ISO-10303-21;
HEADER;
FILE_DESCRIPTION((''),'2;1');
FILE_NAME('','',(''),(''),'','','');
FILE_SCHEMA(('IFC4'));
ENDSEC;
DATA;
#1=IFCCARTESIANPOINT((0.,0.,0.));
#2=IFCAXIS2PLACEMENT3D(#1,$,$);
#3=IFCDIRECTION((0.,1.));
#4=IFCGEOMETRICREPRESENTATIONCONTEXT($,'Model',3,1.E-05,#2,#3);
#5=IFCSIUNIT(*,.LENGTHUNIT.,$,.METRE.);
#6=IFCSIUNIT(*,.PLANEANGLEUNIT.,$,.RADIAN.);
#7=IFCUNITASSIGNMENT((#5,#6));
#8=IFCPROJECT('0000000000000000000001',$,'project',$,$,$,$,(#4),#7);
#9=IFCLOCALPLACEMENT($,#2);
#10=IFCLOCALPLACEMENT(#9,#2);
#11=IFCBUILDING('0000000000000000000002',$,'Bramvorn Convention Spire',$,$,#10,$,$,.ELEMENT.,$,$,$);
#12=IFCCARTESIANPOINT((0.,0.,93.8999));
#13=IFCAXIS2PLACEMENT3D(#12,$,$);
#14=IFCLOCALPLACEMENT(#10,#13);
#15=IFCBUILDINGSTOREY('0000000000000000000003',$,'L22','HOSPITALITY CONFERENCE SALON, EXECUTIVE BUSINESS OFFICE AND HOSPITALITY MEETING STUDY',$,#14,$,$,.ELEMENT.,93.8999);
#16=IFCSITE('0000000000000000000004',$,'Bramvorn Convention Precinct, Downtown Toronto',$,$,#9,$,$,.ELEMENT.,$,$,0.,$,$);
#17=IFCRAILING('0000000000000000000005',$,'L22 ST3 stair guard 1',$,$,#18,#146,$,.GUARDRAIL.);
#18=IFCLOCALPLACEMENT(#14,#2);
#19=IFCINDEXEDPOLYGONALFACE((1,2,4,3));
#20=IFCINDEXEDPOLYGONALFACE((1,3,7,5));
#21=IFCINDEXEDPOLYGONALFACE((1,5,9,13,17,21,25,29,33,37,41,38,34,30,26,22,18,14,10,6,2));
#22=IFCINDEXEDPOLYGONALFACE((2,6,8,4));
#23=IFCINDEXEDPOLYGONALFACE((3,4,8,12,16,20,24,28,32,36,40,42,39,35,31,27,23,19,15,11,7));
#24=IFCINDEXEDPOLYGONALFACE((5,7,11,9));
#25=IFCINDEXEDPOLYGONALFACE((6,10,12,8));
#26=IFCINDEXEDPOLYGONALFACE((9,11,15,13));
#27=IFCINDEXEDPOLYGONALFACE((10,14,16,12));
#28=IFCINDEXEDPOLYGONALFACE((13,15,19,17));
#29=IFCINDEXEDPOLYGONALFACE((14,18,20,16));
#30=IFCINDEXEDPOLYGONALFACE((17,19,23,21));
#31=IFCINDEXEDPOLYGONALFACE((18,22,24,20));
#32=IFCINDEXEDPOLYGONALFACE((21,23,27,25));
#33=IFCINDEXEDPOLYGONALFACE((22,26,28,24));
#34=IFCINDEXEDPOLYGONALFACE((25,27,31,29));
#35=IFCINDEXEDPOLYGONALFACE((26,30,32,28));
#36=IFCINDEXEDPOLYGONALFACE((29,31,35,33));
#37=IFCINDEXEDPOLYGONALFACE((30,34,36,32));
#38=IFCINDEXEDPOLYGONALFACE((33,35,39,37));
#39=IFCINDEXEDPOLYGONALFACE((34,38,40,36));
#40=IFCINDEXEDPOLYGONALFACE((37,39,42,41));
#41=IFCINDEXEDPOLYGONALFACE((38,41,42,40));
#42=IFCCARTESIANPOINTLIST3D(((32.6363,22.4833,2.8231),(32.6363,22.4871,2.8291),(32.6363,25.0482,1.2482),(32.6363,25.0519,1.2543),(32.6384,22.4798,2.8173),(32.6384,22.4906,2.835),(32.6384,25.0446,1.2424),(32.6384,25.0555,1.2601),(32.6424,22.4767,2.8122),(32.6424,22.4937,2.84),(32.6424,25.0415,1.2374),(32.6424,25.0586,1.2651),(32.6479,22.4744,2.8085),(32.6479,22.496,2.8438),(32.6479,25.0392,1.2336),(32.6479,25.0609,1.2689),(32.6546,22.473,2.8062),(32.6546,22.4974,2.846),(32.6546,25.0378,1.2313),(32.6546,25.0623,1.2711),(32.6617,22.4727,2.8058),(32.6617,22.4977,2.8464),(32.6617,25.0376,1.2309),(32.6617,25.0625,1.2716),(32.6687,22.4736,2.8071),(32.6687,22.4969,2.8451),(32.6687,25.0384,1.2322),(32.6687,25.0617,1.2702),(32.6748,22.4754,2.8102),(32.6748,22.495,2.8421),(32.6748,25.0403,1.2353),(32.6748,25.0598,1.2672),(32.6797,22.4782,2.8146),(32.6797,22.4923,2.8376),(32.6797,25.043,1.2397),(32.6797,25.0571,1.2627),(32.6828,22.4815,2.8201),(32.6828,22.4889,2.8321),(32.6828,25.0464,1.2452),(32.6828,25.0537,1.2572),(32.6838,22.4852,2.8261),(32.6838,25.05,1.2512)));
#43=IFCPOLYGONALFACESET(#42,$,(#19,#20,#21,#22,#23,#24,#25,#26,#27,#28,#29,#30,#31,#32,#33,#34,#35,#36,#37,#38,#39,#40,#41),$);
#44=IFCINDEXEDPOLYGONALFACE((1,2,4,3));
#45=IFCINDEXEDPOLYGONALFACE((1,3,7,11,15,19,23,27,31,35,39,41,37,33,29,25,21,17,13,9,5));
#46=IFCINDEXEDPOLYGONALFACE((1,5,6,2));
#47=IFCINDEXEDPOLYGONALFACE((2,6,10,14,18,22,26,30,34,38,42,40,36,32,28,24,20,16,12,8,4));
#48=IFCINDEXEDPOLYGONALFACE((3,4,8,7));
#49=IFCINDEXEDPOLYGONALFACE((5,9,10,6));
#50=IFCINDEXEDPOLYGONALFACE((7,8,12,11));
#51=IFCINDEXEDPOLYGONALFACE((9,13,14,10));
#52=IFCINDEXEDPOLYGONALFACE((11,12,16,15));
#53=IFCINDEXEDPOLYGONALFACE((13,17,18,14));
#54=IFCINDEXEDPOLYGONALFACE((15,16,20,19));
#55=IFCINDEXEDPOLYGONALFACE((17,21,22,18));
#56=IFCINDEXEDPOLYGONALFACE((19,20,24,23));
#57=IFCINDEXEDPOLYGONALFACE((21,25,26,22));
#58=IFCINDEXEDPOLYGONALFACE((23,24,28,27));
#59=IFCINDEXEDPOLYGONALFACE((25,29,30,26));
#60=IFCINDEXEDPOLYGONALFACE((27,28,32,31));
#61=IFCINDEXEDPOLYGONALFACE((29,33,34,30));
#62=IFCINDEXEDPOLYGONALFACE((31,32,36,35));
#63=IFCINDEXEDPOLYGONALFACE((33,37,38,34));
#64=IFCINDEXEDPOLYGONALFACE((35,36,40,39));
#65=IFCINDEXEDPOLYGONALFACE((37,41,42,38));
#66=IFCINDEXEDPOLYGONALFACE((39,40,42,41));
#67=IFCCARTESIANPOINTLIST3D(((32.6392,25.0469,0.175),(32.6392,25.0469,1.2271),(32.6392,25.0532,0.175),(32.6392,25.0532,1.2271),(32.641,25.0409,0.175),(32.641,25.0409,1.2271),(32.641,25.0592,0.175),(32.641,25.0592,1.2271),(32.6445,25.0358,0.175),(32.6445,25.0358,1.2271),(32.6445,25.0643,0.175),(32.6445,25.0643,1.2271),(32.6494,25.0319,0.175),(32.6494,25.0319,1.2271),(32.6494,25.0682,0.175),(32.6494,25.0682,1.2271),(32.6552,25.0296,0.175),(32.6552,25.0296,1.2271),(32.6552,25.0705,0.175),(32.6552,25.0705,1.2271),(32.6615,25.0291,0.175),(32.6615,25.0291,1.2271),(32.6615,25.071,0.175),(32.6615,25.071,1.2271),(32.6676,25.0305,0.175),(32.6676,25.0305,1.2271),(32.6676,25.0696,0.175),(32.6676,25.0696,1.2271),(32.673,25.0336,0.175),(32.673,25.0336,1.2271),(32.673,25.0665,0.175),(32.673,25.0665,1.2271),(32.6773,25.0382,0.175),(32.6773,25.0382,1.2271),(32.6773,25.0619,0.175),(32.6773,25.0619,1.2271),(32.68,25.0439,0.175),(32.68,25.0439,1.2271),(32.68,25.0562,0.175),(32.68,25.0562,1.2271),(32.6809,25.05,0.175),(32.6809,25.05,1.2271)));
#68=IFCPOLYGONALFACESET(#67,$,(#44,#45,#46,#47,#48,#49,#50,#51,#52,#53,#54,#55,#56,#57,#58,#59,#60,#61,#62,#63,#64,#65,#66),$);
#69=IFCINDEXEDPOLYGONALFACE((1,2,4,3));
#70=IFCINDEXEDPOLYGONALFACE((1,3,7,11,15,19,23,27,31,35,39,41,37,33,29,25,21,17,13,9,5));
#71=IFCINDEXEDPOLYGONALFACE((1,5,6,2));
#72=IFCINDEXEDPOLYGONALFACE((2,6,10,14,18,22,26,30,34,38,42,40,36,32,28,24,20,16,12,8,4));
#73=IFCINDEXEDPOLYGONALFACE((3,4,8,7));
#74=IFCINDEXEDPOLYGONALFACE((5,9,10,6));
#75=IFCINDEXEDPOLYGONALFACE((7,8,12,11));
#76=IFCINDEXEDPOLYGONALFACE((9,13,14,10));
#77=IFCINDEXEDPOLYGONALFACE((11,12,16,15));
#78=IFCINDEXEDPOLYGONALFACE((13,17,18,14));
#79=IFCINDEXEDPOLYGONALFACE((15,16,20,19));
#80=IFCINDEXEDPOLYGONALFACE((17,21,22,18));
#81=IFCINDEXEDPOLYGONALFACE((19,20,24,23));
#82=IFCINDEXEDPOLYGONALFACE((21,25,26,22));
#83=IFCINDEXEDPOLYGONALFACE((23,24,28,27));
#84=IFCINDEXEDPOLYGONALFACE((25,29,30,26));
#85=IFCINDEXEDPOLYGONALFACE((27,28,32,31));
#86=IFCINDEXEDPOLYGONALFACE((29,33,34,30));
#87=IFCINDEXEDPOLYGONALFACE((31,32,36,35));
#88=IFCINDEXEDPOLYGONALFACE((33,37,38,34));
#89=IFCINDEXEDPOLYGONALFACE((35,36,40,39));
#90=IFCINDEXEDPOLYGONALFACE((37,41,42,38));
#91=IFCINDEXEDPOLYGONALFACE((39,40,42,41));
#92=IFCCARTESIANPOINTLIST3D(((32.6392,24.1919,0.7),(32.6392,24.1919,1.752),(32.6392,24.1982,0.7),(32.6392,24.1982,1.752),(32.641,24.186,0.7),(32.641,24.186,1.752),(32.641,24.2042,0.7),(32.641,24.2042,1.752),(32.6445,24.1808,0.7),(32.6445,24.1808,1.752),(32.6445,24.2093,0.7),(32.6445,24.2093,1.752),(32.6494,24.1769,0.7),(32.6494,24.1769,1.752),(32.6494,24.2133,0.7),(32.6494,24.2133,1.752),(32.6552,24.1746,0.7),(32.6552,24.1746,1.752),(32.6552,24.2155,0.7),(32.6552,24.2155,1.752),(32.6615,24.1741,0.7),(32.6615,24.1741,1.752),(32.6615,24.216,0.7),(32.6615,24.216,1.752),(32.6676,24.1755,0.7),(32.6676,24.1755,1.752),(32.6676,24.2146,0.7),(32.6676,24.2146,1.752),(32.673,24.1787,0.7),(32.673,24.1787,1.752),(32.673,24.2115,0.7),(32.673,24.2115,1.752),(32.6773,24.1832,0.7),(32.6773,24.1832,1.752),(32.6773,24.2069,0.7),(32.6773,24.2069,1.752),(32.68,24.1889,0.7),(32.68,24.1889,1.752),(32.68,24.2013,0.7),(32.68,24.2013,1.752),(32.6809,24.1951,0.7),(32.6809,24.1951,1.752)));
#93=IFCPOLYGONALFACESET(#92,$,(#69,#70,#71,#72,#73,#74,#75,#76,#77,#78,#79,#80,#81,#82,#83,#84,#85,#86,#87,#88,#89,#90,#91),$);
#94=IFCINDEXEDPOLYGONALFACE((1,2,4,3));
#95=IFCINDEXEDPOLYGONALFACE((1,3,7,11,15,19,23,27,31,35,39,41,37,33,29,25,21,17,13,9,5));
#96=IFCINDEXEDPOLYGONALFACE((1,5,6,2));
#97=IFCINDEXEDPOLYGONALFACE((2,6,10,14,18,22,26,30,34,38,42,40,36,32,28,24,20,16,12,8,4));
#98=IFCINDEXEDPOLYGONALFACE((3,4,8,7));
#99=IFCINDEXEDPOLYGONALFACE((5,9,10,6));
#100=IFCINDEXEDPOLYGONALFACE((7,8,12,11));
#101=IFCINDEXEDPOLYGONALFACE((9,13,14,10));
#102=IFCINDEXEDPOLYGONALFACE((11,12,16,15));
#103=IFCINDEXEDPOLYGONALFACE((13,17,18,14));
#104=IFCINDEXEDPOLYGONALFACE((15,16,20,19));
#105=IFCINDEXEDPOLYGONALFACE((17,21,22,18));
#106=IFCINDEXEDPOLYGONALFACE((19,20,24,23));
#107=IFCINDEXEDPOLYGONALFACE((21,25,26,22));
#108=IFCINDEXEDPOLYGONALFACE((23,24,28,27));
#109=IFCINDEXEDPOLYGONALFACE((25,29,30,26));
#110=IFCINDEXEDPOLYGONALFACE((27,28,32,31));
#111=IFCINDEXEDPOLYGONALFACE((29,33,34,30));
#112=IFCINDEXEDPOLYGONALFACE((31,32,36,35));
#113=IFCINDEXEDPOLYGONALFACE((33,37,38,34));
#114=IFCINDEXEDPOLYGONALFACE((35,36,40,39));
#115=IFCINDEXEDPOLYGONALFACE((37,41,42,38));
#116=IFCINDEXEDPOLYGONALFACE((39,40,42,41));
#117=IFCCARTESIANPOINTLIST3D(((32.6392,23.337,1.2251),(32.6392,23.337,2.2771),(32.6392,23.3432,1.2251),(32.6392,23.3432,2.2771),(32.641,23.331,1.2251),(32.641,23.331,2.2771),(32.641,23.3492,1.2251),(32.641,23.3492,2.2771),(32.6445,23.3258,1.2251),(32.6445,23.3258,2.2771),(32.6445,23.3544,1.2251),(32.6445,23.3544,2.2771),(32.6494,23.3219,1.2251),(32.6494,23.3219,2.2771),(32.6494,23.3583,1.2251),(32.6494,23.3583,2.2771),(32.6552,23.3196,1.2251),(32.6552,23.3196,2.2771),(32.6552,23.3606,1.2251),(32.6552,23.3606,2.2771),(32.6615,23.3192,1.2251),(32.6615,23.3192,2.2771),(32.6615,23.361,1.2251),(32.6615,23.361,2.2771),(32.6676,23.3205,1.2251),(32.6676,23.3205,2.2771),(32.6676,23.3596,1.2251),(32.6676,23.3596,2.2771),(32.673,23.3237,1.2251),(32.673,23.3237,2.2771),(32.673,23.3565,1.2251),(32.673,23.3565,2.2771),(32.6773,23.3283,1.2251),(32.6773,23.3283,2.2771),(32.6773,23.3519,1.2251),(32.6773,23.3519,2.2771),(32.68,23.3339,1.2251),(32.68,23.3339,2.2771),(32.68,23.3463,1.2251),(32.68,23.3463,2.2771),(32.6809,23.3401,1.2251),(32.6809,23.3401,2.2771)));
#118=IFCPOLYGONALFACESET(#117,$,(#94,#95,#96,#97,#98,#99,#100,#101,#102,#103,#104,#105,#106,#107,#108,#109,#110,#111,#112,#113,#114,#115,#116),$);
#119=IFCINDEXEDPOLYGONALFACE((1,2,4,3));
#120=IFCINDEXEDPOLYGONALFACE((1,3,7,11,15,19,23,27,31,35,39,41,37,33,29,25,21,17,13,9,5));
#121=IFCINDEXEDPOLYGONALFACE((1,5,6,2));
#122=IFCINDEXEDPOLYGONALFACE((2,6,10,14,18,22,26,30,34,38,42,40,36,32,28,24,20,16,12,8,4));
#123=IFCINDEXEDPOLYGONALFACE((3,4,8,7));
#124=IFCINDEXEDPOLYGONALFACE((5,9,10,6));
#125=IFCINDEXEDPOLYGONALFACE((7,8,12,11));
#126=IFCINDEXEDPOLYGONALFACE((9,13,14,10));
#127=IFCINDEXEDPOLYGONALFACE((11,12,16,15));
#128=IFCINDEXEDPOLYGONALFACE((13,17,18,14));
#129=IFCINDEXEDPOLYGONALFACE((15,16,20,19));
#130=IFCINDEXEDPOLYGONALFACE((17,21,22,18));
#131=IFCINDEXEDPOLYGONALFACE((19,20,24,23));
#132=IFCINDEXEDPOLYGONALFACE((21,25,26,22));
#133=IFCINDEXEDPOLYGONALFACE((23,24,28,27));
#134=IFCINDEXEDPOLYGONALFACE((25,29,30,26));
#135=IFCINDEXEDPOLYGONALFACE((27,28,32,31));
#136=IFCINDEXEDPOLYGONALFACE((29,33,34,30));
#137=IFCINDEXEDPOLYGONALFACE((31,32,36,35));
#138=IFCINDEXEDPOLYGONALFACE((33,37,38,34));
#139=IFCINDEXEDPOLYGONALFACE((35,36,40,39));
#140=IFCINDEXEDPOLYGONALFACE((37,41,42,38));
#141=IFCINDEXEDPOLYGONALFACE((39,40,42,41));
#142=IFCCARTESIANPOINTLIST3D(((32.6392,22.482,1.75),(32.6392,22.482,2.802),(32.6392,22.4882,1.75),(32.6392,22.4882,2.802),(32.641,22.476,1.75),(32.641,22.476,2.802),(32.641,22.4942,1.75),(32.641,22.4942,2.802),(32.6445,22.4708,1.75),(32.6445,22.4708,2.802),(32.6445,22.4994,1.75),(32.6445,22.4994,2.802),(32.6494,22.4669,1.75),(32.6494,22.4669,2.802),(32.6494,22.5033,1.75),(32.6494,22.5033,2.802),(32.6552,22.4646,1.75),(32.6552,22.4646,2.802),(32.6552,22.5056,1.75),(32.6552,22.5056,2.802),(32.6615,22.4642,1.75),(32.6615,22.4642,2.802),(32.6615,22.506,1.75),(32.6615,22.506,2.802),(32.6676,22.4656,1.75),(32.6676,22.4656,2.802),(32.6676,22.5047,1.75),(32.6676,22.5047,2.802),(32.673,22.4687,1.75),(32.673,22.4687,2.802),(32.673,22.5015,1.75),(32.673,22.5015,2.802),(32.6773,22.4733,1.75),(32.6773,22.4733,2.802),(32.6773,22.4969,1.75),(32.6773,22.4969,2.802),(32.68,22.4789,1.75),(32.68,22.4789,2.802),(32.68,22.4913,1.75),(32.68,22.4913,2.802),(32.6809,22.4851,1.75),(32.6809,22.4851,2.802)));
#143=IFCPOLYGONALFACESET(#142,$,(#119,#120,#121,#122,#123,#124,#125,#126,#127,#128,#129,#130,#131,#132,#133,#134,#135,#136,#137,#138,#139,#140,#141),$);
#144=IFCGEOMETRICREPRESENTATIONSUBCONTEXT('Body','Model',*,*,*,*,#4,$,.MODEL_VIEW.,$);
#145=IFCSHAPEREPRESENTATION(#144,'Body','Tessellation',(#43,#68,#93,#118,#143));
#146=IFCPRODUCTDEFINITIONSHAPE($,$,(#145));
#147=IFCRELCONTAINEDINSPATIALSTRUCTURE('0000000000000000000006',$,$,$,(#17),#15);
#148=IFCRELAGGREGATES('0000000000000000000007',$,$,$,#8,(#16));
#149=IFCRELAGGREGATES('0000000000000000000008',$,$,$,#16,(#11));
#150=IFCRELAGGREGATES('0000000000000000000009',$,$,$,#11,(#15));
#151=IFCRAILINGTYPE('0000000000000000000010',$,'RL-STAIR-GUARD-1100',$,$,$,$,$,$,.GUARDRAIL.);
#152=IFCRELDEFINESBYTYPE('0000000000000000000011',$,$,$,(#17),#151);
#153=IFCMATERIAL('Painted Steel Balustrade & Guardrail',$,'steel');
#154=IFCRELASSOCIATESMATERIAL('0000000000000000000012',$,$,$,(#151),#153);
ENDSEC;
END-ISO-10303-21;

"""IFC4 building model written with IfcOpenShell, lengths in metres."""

from ifc_helpers import new_model, si_unit, direction, frame, origin, origin_2d, place, context, subcontext, project, spatial, circle, extrude, material, type_object, element, save


model = new_model("IFC4")

# Units and contexts
model_context = context("Model", 3, precision=1e-05, world=origin(), true_north=direction((0.0, 1.0)))
body_context = subcontext(model_context, "Body", "Model", "MODEL_VIEW")
ifc_project = project(units=[si_unit("LENGTHUNIT", "METRE"), si_unit("PLANEANGLEUNIT", "RADIAN")], contexts=[model_context])

# Site, building, storey
site_placement = place(None, origin())
site = spatial("IfcSite", under=ifc_project, at=site_placement, Name="Bramvorn Convention Precinct, Downtown Toronto", CompositionType="ELEMENT", RefElevation=0.0)
building_placement = place(site_placement, origin())
building = spatial("IfcBuilding", under=site, at=building_placement, Name="Bramvorn Convention Spire", CompositionType="ELEMENT")
storey_placement = place(building_placement, frame((0.0, 0.0, 93.8999)))
storey = spatial("IfcBuildingStorey", under=building, at=storey_placement, Name="L22", Description="HOSPITALITY CONFERENCE SALON, EXECUTIVE BUSINESS OFFICE AND HOSPITALITY MEETING STUDY", CompositionType="ELEMENT", Elevation=93.8999)

# Railing
ifc_material_1 = material(Name="Painted Steel Balustrade & Guardrail", Category="steel")
railing_type_1 = type_object("IfcRailingType", Name="RL-STAIR-GUARD-1100", PredefinedType="GUARDRAIL", material=ifc_material_1)
railing_1_placement = place(storey_placement, frame((32.6599, 25.05, 0.175)))
element("IfcRailing", 1, at=railing_1_placement, inside=storey, type_object=railing_type_1, Name="L22 ST3 stair guard 1", PredefinedType="GUARDRAIL", context=body_context, shape_type="SweptSolid", body=[
    extrude(circle(Radius=0.0239, at=origin_2d()), frame((0.0, 0.0, 1.0762), z_axis=(0.0, -0.852173, 0.52326), x_axis=(1.0, 0.0, 0.0)), (0.0, 0.0, 1.0), 3.0098),
    extrude(circle(Radius=0.021, at=origin_2d()), origin(), (0.0, 0.0, 1.0), 1.052),
    extrude(circle(Radius=0.021, at=origin_2d()), frame((0.0, -0.855, 0.5249)), (0.0, 0.0, 1.0), 1.052),
    extrude(circle(Radius=0.021, at=origin_2d()), frame((0.0, -1.71, 1.05)), (0.0, 0.0, 1.0), 1.052),
    extrude(circle(Radius=0.021, at=origin_2d()), frame((0.0, -2.5649, 1.575)), (0.0, 0.0, 1.0), 1.052),
])

save(model, "model.ifc")
